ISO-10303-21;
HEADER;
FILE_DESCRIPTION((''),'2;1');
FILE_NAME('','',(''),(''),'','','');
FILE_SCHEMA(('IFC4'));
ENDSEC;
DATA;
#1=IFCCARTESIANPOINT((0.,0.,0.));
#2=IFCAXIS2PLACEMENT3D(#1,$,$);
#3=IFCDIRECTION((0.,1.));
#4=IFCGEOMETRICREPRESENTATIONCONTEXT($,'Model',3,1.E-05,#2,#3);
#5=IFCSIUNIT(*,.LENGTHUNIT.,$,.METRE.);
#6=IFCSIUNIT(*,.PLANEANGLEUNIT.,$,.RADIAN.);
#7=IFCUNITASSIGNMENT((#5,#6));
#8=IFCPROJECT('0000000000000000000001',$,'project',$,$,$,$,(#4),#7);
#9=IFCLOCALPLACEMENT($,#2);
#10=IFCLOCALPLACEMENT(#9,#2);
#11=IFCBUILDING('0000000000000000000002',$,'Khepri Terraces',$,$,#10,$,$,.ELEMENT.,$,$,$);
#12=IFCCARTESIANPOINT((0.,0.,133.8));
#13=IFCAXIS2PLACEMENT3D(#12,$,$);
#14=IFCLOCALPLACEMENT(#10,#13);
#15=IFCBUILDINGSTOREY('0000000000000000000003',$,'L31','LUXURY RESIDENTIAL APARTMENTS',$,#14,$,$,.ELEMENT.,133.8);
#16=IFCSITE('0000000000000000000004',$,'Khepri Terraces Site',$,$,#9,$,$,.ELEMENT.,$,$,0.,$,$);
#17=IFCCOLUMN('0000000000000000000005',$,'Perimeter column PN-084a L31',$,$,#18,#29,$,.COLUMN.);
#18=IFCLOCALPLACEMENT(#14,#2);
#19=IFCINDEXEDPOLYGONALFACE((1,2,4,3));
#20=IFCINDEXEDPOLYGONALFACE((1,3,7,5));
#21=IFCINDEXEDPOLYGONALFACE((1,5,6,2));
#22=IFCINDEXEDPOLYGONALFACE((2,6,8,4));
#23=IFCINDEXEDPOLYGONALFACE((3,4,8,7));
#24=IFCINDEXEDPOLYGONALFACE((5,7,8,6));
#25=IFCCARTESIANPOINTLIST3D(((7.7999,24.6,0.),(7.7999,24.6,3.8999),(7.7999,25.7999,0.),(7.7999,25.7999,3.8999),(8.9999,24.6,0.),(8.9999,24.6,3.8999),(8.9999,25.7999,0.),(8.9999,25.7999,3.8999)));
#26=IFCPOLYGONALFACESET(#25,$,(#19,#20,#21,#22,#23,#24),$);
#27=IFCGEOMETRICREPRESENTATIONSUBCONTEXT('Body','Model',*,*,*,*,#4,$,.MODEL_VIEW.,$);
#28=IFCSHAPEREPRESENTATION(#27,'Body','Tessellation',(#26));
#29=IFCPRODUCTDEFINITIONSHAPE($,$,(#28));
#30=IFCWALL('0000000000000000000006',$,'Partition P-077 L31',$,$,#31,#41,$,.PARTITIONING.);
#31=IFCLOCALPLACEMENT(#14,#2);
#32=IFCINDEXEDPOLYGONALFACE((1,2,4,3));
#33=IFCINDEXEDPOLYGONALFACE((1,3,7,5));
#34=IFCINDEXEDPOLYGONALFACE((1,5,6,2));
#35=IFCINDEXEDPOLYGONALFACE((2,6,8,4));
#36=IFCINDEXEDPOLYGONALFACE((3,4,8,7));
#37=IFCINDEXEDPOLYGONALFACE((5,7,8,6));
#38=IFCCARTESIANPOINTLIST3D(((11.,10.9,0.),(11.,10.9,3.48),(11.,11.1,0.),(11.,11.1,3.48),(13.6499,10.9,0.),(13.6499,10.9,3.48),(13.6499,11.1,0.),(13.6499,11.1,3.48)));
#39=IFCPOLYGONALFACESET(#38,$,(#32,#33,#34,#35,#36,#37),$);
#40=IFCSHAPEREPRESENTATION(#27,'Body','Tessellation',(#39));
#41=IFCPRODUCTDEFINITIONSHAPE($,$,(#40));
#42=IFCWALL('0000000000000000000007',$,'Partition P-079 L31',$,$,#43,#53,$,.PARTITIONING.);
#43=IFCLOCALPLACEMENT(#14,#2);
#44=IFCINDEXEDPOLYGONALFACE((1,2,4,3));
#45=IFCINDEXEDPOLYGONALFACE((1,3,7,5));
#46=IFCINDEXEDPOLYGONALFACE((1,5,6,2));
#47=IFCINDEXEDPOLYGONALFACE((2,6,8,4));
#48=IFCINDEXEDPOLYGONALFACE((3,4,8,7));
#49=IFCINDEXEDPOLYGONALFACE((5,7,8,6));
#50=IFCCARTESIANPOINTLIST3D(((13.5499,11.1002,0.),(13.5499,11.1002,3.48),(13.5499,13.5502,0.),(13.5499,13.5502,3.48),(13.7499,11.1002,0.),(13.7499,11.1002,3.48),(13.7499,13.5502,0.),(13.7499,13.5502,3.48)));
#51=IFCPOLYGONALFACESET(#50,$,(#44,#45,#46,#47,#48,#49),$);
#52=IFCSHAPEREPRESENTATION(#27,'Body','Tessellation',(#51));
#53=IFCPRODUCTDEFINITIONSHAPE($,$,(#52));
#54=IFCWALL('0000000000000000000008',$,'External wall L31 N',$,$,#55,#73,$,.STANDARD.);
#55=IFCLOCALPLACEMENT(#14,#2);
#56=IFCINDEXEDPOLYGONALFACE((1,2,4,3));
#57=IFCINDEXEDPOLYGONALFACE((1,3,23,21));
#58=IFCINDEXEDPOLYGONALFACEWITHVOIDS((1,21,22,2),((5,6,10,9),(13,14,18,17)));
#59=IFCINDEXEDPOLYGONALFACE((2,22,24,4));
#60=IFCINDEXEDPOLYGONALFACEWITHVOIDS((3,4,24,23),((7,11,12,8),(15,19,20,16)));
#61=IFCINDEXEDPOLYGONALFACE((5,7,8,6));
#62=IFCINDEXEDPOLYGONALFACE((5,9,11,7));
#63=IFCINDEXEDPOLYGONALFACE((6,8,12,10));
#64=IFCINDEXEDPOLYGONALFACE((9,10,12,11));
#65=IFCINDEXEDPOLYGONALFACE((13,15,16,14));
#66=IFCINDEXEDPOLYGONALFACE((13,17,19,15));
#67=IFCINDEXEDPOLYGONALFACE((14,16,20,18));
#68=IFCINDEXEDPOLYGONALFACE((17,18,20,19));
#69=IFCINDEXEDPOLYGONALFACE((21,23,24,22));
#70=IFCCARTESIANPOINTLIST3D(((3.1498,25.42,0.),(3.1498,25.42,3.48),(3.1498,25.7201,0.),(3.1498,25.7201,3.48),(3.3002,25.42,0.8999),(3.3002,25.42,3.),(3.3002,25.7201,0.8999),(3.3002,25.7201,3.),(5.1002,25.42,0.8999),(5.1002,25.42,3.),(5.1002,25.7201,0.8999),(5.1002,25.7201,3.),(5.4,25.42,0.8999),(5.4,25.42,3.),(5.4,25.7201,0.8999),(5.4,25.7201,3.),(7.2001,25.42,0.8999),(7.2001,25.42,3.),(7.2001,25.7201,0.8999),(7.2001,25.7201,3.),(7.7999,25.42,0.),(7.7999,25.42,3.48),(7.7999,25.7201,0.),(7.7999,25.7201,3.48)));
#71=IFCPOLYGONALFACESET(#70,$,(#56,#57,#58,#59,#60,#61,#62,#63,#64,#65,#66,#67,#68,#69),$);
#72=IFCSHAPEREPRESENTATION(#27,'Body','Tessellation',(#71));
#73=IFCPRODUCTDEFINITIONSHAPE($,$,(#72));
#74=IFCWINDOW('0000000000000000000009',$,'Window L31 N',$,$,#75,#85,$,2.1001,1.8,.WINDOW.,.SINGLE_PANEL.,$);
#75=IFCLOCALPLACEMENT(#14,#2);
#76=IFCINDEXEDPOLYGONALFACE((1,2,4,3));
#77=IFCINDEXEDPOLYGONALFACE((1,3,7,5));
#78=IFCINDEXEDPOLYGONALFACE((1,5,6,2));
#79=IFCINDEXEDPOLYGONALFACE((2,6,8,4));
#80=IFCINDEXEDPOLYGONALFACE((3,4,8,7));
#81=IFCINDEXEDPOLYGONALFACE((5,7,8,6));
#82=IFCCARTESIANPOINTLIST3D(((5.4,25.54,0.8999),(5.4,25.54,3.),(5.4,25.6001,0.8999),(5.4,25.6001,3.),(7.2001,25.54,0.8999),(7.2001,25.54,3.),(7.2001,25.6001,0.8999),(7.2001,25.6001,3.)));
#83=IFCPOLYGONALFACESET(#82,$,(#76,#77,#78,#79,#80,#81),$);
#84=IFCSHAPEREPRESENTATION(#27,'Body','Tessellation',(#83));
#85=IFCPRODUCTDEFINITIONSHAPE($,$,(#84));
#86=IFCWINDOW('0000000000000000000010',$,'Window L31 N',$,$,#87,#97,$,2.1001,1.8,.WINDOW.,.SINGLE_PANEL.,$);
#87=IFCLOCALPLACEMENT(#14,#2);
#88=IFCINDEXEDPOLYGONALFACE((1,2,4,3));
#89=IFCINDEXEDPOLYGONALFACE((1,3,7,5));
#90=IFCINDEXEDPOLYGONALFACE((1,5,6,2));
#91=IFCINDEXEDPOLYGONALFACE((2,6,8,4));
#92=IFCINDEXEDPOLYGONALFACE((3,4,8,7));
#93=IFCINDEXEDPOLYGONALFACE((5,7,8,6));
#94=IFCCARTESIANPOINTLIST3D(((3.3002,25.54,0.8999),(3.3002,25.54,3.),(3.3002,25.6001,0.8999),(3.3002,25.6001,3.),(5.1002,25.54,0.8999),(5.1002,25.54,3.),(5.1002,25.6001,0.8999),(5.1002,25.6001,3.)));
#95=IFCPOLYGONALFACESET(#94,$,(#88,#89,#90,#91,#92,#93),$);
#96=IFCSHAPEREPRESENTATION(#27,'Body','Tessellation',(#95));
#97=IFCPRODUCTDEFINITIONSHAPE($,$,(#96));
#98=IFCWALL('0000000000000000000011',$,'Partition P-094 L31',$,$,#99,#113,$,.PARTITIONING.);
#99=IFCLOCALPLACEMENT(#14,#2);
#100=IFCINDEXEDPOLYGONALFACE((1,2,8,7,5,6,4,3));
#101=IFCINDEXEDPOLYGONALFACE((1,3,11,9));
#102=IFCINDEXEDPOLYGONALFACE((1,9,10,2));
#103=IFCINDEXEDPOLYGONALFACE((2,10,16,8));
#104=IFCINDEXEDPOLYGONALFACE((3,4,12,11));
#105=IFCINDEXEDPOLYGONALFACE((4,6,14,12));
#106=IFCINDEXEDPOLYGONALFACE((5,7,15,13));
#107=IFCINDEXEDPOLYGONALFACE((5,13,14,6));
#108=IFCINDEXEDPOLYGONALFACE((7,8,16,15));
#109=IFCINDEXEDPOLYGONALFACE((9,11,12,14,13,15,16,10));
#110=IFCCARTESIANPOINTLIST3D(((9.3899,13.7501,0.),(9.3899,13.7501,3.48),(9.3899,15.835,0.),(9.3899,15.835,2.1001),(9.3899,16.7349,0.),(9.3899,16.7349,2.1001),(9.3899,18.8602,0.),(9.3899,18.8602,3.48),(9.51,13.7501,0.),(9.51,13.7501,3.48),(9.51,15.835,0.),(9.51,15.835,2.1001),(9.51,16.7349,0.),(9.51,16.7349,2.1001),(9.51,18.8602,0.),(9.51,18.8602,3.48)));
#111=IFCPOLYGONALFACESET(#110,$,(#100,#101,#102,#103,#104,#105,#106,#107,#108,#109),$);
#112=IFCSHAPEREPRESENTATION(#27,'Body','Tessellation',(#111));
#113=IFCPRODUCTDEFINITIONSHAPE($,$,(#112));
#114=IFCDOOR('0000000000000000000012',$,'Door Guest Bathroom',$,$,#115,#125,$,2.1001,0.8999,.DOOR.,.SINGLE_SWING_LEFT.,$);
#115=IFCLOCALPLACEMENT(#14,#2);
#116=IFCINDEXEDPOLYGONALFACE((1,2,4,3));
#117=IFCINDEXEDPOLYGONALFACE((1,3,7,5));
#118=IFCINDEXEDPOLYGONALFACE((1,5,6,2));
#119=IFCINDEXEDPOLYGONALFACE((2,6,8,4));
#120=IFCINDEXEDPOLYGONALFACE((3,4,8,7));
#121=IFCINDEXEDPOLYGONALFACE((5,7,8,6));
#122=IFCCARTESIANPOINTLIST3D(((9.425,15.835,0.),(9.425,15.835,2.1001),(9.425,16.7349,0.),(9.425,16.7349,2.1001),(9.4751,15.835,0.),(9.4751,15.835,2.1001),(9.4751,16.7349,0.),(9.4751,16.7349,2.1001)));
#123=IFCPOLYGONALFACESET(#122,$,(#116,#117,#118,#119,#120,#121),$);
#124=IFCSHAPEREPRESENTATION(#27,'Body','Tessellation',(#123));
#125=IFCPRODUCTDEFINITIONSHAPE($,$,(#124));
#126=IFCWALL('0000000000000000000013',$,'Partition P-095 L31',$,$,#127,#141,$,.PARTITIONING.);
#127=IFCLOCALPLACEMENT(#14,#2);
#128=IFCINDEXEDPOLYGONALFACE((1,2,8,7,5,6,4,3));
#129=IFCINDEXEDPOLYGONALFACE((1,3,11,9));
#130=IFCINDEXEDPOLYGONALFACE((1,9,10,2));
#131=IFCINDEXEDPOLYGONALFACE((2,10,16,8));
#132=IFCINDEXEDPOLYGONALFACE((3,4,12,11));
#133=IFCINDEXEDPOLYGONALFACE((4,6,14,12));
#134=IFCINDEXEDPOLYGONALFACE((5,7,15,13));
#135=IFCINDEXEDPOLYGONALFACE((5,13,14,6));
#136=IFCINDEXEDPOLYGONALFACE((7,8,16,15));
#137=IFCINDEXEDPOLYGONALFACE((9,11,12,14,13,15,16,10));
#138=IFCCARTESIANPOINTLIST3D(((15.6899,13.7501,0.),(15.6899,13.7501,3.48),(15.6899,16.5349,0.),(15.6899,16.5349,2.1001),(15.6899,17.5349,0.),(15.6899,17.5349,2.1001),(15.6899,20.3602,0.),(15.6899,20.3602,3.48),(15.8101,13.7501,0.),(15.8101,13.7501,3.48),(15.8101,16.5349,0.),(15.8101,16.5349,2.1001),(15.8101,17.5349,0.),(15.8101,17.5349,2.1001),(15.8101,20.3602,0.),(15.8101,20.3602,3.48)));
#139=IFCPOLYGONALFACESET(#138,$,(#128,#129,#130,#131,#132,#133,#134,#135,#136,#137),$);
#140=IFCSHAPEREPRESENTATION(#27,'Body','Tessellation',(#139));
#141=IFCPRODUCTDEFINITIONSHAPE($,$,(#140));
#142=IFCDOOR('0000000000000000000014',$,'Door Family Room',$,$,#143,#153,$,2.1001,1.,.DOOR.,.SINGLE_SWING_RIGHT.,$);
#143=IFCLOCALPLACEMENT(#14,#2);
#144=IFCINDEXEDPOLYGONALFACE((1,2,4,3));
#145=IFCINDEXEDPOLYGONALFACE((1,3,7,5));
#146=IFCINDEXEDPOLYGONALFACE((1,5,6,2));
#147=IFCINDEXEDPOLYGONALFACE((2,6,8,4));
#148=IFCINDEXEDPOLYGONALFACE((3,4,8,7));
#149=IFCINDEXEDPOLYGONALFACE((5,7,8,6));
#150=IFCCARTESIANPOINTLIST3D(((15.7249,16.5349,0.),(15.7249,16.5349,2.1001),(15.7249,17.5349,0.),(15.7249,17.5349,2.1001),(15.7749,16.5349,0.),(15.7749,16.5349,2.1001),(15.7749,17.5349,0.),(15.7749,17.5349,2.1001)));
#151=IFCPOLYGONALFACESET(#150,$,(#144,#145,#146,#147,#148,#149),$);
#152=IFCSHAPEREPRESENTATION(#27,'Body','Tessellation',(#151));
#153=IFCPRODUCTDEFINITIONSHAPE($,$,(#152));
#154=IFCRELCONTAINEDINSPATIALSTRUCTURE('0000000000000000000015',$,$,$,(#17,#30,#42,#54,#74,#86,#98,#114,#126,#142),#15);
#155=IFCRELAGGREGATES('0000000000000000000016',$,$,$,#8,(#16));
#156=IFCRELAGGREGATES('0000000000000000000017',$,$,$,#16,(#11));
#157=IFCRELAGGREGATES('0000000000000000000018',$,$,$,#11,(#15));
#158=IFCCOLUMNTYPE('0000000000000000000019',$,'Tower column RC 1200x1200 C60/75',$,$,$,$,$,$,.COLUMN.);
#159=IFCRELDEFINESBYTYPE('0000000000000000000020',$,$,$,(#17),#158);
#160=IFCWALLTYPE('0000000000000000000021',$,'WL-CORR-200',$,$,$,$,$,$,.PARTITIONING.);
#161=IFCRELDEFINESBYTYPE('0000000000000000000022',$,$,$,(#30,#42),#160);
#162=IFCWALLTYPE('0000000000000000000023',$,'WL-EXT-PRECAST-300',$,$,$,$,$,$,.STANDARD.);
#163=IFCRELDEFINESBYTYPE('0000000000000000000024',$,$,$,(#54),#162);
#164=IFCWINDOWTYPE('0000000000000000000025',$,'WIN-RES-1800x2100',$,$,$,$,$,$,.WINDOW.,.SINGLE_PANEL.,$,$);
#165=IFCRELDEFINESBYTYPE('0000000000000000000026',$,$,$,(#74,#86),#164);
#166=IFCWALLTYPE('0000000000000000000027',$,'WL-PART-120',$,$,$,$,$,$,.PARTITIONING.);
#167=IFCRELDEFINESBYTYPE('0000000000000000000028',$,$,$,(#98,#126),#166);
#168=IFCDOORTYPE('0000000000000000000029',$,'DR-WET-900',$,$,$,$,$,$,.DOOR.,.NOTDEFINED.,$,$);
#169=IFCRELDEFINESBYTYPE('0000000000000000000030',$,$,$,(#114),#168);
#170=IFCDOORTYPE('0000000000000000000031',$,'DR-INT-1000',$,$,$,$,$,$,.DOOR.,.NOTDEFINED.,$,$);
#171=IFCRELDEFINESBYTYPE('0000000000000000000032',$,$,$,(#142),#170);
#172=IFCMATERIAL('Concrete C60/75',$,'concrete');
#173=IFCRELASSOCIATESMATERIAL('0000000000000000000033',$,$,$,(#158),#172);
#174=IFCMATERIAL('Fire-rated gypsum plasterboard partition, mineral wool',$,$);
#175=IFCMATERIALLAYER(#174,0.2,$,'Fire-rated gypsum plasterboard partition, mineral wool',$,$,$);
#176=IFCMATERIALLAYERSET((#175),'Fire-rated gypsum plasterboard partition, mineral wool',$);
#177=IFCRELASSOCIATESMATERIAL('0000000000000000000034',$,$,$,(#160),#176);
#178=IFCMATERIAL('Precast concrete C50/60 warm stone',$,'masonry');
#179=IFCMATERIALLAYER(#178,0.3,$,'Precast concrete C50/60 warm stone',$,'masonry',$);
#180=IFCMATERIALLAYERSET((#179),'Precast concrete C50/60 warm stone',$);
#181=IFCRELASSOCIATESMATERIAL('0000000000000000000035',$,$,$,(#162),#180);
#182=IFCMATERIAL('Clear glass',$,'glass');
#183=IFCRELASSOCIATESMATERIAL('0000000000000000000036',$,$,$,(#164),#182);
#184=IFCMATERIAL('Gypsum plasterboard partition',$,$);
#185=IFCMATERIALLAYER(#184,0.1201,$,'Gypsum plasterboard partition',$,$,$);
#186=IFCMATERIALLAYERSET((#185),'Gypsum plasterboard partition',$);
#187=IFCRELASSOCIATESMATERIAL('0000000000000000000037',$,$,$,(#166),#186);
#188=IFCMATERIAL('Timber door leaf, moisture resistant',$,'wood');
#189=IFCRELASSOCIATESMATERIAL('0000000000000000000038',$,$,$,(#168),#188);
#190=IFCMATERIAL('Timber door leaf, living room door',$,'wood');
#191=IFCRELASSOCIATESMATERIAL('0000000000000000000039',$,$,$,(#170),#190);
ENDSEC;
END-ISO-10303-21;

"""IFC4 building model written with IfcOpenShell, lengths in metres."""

from ifc_helpers import new_model, si_unit, direction, frame, frame_2d, origin, origin_2d, place, context, subcontext, project, spatial, rectangle, extrude, material, layer, layer_set, material_profile, profile_set, type_object, element, fill, save


model = new_model("IFC4")

# Units and contexts
model_context = context("Model", 3, precision=1e-05, world=origin(), true_north=direction((0.0, 1.0)))
body_context = subcontext(model_context, "Body", "Model", "MODEL_VIEW")
ifc_project = project(units=[si_unit("LENGTHUNIT", "METRE"), si_unit("PLANEANGLEUNIT", "RADIAN")], contexts=[model_context])

# Site, building, storey
site_placement = place(None, origin())
site = spatial("IfcSite", under=ifc_project, at=site_placement, Name="Khepri Terraces Site", CompositionType="ELEMENT", RefElevation=0.0)
building_placement = place(site_placement, origin())
building = spatial("IfcBuilding", under=site, at=building_placement, Name="Khepri Terraces", CompositionType="ELEMENT")
storey_placement = place(building_placement, frame((0.0, 0.0, 133.8)))
storey = spatial("IfcBuildingStorey", under=building, at=storey_placement, Name="L31", Description="LUXURY RESIDENTIAL APARTMENTS", CompositionType="ELEMENT", Elevation=133.8)

# Column
ifc_material_1 = material(Name="Concrete C60/75", Category="concrete")
ifc_material_profile = material_profile(ifc_material_1, rectangle(XDim=1.2, YDim=1.2, at=origin_2d()), Name="Concrete C60/75", Category="concrete")
ifc_profile_set = profile_set([ifc_material_profile], Name="Concrete C60/75")
column_type = type_object("IfcColumnType", Name="Tower column RC 1200x1200 C60/75", PredefinedType="COLUMN", material=ifc_profile_set)
column_placement = place(storey_placement, frame((8.3999, 25.2, 0.0), z_axis=(0.0, 0.0, 1.0), x_axis=(1.0, 0.0, 0.0)))
element("IfcColumn", 1, at=column_placement, inside=storey, type_object=column_type, Name="Perimeter column PN-084a L31", PredefinedType="COLUMN", context=body_context, shape_type="SweptSolid", body=[
    extrude(rectangle(XDim=1.2, YDim=1.2, at=origin_2d()), origin(), (0.0, 0.0, 1.0), 3.8999),
])

# Walls
ifc_material_2 = material(Name="Fire-rated gypsum plasterboard partition, mineral wool")
ifc_layer_1 = layer(ifc_material_2, 0.2, Name="Fire-rated gypsum plasterboard partition, mineral wool")
ifc_layer_set_1 = layer_set([ifc_layer_1], Name="Fire-rated gypsum plasterboard partition, mineral wool")
wall_type_1 = type_object("IfcWallType", Name="WL-CORR-200", PredefinedType="PARTITIONING", material=ifc_layer_set_1)
wall_1_placement = place(storey_placement, frame((11.0, 11.0, 0.0), z_axis=(0.0, 0.0, 1.0), x_axis=(1.0, 0.0, 0.0)))
element("IfcWall", 2, at=wall_1_placement, inside=storey, type_object=wall_type_1, Name="Partition P-077 L31", PredefinedType="PARTITIONING", context=body_context, shape_type="SweptSolid", body=[
    extrude(rectangle(XDim=2.6499, YDim=0.2, at=frame_2d((1.325, 0.0))), origin(), (0.0, 0.0, 1.0), 3.48),
])
wall_2_placement = place(storey_placement, frame((13.6499, 11.1001, 0.0), z_axis=(0.0, 0.0, 1.0), x_axis=(0.0, 1.0, 0.0)))
element("IfcWall", 3, at=wall_2_placement, inside=storey, type_object=wall_type_1, Name="Partition P-079 L31", PredefinedType="PARTITIONING", context=body_context, shape_type="SweptSolid", body=[
    extrude(rectangle(XDim=2.45, YDim=0.2, at=frame_2d((1.2251, 0.0))), origin(), (0.0, 0.0, 1.0), 3.48),
])

# Shared definitions
ifc_material_3 = material(Name="Precast concrete C50/60 warm stone", Category="masonry")
ifc_layer_2 = layer(ifc_material_3, 0.3, Name="Precast concrete C50/60 warm stone", Category="masonry")
ifc_layer_set_2 = layer_set([ifc_layer_2], Name="Precast concrete C50/60 warm stone")
wall_type_2 = type_object("IfcWallType", Name="WL-EXT-PRECAST-300", PredefinedType="STANDARD", material=ifc_layer_set_2)
ifc_material_4 = material(Name="Clear glass", Category="glass")
window_type = type_object("IfcWindowType", Name="WIN-RES-1800x2100", PartitioningType="SINGLE_PANEL", PredefinedType="WINDOW", material=ifc_material_4)

# Wall, openings, windows
wall_3_placement = place(storey_placement, frame((7.8, 25.5701, 0.0), z_axis=(0.0, 0.0, 1.0), x_axis=(-1.0, 0.0, 0.0)))
wall_3 = element("IfcWall", 4, at=wall_3_placement, inside=storey, type_object=wall_type_2, Name="External wall L31 N", PredefinedType="STANDARD", context=body_context, shape_type="SweptSolid", body=[
    extrude(rectangle(XDim=4.6501, YDim=0.3, at=frame_2d((2.3252, 0.0))), origin(), (0.0, 0.0, 1.0), 3.48),
])
opening_1_placement = place(wall_3_placement, frame((0.6001, 0.0, 0.8999)))
opening_1 = element("IfcOpeningElement", 5, at=opening_1_placement, cuts=wall_3, PredefinedType="OPENING", context=body_context, shape_type="SweptSolid", body=[
    extrude(rectangle(XDim=1.8, YDim=2.1001, at=frame_2d((0.8999, 1.05))), frame((0.0, 0.1602, 0.0), z_axis=(0.0, -1.0, 0.0), x_axis=(1.0, 0.0, 0.0)), (0.0, 0.0, 1.0), 0.3201),
])
opening_2_placement = place(wall_3_placement, frame((2.7, 0.0, 0.8999)))
opening_2 = element("IfcOpeningElement", 6, at=opening_2_placement, cuts=wall_3, PredefinedType="OPENING", context=body_context, shape_type="SweptSolid", body=[
    extrude(rectangle(XDim=1.8, YDim=2.1001, at=frame_2d((0.8999, 1.05))), frame((0.0, 0.1602, 0.0), z_axis=(0.0, -1.0, 0.0), x_axis=(1.0, 0.0, 0.0)), (0.0, 0.0, 1.0), 0.3201),
])
window_1_placement = place(opening_1_placement, origin())
window_1 = element("IfcWindow", 7, at=window_1_placement, inside=storey, type_object=window_type, Name="Window L31 N", OverallHeight=2.1001, OverallWidth=1.8, PartitioningType="SINGLE_PANEL", PredefinedType="WINDOW", context=body_context, shape_type="SweptSolid", body=[
    extrude(rectangle(XDim=1.8, YDim=2.1001, at=frame_2d((0.8999, 1.05))), frame((0.0, 0.03, 0.0), z_axis=(0.0, -1.0, 0.0), x_axis=(1.0, 0.0, 0.0)), (0.0, 0.0, 1.0), 0.0601),
])
fill(opening_1, window_1)
window_2_placement = place(opening_2_placement, origin())
window_2 = element("IfcWindow", 8, at=window_2_placement, inside=storey, type_object=window_type, Name="Window L31 N", OverallHeight=2.1001, OverallWidth=1.8, PartitioningType="SINGLE_PANEL", PredefinedType="WINDOW", context=body_context, shape_type="SweptSolid", body=[
    extrude(rectangle(XDim=1.8, YDim=2.1001, at=frame_2d((0.8999, 1.05))), frame((0.0, 0.03, 0.0), z_axis=(0.0, -1.0, 0.0), x_axis=(1.0, 0.0, 0.0)), (0.0, 0.0, 1.0), 0.0601),
])
fill(opening_2, window_2)

# Walls, openings, doors
ifc_material_5 = material(Name="Gypsum plasterboard partition")
ifc_layer_3 = layer(ifc_material_5, 0.1201, Name="Gypsum plasterboard partition")
ifc_layer_set_3 = layer_set([ifc_layer_3], Name="Gypsum plasterboard partition")
wall_type_3 = type_object("IfcWallType", Name="WL-PART-120", PredefinedType="PARTITIONING", material=ifc_layer_set_3)
wall_4_placement = place(storey_placement, frame((9.45, 13.75, 0.0), z_axis=(0.0, 0.0, 1.0), x_axis=(0.0, 1.0, 0.0)))
wall_4 = element("IfcWall", 9, at=wall_4_placement, inside=storey, type_object=wall_type_3, Name="Partition P-094 L31", PredefinedType="PARTITIONING", context=body_context, shape_type="SweptSolid", body=[
    extrude(rectangle(XDim=5.1101, YDim=0.1201, at=frame_2d((2.5552, 0.0))), origin(), (0.0, 0.0, 1.0), 3.48),
])
opening_3_placement = place(wall_4_placement, frame((2.085, 0.0, 0.0)))
opening_3 = element("IfcOpeningElement", 10, at=opening_3_placement, cuts=wall_4, PredefinedType="OPENING", context=body_context, shape_type="SweptSolid", body=[
    extrude(rectangle(XDim=0.8999, YDim=2.1001, at=frame_2d((0.45, 1.05))), frame((0.0, 0.0701, 0.0), z_axis=(0.0, -1.0, 0.0), x_axis=(1.0, 0.0, 0.0)), (0.0, 0.0, 1.0), 0.1401),
])
ifc_material_6 = material(Name="Timber door leaf, moisture resistant", Category="wood")
door_type_1 = type_object("IfcDoorType", Name="DR-WET-900", OperationType="NOTDEFINED", PredefinedType="DOOR", material=ifc_material_6)
door_1_placement = place(opening_3_placement, origin())
door_1 = element("IfcDoor", 11, at=door_1_placement, inside=storey, type_object=door_type_1, Name="Door Guest Bathroom", OperationType="SINGLE_SWING_LEFT", OverallHeight=2.1001, OverallWidth=0.8999, PredefinedType="DOOR", context=body_context, shape_type="SweptSolid", body=[
    extrude(rectangle(XDim=0.8999, YDim=2.1001, at=frame_2d((0.45, 1.05))), frame((0.0, 0.0249, 0.0), z_axis=(0.0, -1.0, 0.0), x_axis=(1.0, 0.0, 0.0)), (0.0, 0.0, 1.0), 0.05),
])
fill(opening_3, door_1)
wall_5_placement = place(storey_placement, frame((15.75, 13.75, 0.0), z_axis=(0.0, 0.0, 1.0), x_axis=(0.0, 1.0, 0.0)))
wall_5 = element("IfcWall", 12, at=wall_5_placement, inside=storey, type_object=wall_type_3, Name="Partition P-095 L31", PredefinedType="PARTITIONING", context=body_context, shape_type="SweptSolid", body=[
    extrude(rectangle(XDim=6.6101, YDim=0.1201, at=frame_2d((3.3052, 0.0))), origin(), (0.0, 0.0, 1.0), 3.48),
])
opening_4_placement = place(wall_5_placement, frame((2.7849, 0.0, 0.0)))
opening_4 = element("IfcOpeningElement", 13, at=opening_4_placement, cuts=wall_5, PredefinedType="OPENING", context=body_context, shape_type="SweptSolid", body=[
    extrude(rectangle(XDim=1.0, YDim=2.1001, at=frame_2d((0.5, 1.05))), frame((0.0, 0.0701, 0.0), z_axis=(0.0, -1.0, 0.0), x_axis=(1.0, 0.0, 0.0)), (0.0, 0.0, 1.0), 0.1401),
])
ifc_material_7 = material(Name="Timber door leaf, living room door", Category="wood")
door_type_2 = type_object("IfcDoorType", Name="DR-INT-1000", OperationType="NOTDEFINED", PredefinedType="DOOR", material=ifc_material_7)
door_2_placement = place(opening_4_placement, frame((1.0, 0.0, 0.0), z_axis=(0.0, 0.0, 1.0), x_axis=(-1.0, 0.0, 0.0)))
door_2 = element("IfcDoor", 14, at=door_2_placement, inside=storey, type_object=door_type_2, Name="Door Family Room", OperationType="SINGLE_SWING_RIGHT", OverallHeight=2.1001, OverallWidth=1.0, PredefinedType="DOOR", context=body_context, shape_type="SweptSolid", body=[
    extrude(rectangle(XDim=1.0, YDim=2.1001, at=frame_2d((0.5, 1.05))), frame((0.0, 0.0249, 0.0), z_axis=(0.0, -1.0, 0.0), x_axis=(1.0, 0.0, 0.0)), (0.0, 0.0, 1.0), 0.05),
])
fill(opening_4, door_2)

save(model, "model.ifc")
